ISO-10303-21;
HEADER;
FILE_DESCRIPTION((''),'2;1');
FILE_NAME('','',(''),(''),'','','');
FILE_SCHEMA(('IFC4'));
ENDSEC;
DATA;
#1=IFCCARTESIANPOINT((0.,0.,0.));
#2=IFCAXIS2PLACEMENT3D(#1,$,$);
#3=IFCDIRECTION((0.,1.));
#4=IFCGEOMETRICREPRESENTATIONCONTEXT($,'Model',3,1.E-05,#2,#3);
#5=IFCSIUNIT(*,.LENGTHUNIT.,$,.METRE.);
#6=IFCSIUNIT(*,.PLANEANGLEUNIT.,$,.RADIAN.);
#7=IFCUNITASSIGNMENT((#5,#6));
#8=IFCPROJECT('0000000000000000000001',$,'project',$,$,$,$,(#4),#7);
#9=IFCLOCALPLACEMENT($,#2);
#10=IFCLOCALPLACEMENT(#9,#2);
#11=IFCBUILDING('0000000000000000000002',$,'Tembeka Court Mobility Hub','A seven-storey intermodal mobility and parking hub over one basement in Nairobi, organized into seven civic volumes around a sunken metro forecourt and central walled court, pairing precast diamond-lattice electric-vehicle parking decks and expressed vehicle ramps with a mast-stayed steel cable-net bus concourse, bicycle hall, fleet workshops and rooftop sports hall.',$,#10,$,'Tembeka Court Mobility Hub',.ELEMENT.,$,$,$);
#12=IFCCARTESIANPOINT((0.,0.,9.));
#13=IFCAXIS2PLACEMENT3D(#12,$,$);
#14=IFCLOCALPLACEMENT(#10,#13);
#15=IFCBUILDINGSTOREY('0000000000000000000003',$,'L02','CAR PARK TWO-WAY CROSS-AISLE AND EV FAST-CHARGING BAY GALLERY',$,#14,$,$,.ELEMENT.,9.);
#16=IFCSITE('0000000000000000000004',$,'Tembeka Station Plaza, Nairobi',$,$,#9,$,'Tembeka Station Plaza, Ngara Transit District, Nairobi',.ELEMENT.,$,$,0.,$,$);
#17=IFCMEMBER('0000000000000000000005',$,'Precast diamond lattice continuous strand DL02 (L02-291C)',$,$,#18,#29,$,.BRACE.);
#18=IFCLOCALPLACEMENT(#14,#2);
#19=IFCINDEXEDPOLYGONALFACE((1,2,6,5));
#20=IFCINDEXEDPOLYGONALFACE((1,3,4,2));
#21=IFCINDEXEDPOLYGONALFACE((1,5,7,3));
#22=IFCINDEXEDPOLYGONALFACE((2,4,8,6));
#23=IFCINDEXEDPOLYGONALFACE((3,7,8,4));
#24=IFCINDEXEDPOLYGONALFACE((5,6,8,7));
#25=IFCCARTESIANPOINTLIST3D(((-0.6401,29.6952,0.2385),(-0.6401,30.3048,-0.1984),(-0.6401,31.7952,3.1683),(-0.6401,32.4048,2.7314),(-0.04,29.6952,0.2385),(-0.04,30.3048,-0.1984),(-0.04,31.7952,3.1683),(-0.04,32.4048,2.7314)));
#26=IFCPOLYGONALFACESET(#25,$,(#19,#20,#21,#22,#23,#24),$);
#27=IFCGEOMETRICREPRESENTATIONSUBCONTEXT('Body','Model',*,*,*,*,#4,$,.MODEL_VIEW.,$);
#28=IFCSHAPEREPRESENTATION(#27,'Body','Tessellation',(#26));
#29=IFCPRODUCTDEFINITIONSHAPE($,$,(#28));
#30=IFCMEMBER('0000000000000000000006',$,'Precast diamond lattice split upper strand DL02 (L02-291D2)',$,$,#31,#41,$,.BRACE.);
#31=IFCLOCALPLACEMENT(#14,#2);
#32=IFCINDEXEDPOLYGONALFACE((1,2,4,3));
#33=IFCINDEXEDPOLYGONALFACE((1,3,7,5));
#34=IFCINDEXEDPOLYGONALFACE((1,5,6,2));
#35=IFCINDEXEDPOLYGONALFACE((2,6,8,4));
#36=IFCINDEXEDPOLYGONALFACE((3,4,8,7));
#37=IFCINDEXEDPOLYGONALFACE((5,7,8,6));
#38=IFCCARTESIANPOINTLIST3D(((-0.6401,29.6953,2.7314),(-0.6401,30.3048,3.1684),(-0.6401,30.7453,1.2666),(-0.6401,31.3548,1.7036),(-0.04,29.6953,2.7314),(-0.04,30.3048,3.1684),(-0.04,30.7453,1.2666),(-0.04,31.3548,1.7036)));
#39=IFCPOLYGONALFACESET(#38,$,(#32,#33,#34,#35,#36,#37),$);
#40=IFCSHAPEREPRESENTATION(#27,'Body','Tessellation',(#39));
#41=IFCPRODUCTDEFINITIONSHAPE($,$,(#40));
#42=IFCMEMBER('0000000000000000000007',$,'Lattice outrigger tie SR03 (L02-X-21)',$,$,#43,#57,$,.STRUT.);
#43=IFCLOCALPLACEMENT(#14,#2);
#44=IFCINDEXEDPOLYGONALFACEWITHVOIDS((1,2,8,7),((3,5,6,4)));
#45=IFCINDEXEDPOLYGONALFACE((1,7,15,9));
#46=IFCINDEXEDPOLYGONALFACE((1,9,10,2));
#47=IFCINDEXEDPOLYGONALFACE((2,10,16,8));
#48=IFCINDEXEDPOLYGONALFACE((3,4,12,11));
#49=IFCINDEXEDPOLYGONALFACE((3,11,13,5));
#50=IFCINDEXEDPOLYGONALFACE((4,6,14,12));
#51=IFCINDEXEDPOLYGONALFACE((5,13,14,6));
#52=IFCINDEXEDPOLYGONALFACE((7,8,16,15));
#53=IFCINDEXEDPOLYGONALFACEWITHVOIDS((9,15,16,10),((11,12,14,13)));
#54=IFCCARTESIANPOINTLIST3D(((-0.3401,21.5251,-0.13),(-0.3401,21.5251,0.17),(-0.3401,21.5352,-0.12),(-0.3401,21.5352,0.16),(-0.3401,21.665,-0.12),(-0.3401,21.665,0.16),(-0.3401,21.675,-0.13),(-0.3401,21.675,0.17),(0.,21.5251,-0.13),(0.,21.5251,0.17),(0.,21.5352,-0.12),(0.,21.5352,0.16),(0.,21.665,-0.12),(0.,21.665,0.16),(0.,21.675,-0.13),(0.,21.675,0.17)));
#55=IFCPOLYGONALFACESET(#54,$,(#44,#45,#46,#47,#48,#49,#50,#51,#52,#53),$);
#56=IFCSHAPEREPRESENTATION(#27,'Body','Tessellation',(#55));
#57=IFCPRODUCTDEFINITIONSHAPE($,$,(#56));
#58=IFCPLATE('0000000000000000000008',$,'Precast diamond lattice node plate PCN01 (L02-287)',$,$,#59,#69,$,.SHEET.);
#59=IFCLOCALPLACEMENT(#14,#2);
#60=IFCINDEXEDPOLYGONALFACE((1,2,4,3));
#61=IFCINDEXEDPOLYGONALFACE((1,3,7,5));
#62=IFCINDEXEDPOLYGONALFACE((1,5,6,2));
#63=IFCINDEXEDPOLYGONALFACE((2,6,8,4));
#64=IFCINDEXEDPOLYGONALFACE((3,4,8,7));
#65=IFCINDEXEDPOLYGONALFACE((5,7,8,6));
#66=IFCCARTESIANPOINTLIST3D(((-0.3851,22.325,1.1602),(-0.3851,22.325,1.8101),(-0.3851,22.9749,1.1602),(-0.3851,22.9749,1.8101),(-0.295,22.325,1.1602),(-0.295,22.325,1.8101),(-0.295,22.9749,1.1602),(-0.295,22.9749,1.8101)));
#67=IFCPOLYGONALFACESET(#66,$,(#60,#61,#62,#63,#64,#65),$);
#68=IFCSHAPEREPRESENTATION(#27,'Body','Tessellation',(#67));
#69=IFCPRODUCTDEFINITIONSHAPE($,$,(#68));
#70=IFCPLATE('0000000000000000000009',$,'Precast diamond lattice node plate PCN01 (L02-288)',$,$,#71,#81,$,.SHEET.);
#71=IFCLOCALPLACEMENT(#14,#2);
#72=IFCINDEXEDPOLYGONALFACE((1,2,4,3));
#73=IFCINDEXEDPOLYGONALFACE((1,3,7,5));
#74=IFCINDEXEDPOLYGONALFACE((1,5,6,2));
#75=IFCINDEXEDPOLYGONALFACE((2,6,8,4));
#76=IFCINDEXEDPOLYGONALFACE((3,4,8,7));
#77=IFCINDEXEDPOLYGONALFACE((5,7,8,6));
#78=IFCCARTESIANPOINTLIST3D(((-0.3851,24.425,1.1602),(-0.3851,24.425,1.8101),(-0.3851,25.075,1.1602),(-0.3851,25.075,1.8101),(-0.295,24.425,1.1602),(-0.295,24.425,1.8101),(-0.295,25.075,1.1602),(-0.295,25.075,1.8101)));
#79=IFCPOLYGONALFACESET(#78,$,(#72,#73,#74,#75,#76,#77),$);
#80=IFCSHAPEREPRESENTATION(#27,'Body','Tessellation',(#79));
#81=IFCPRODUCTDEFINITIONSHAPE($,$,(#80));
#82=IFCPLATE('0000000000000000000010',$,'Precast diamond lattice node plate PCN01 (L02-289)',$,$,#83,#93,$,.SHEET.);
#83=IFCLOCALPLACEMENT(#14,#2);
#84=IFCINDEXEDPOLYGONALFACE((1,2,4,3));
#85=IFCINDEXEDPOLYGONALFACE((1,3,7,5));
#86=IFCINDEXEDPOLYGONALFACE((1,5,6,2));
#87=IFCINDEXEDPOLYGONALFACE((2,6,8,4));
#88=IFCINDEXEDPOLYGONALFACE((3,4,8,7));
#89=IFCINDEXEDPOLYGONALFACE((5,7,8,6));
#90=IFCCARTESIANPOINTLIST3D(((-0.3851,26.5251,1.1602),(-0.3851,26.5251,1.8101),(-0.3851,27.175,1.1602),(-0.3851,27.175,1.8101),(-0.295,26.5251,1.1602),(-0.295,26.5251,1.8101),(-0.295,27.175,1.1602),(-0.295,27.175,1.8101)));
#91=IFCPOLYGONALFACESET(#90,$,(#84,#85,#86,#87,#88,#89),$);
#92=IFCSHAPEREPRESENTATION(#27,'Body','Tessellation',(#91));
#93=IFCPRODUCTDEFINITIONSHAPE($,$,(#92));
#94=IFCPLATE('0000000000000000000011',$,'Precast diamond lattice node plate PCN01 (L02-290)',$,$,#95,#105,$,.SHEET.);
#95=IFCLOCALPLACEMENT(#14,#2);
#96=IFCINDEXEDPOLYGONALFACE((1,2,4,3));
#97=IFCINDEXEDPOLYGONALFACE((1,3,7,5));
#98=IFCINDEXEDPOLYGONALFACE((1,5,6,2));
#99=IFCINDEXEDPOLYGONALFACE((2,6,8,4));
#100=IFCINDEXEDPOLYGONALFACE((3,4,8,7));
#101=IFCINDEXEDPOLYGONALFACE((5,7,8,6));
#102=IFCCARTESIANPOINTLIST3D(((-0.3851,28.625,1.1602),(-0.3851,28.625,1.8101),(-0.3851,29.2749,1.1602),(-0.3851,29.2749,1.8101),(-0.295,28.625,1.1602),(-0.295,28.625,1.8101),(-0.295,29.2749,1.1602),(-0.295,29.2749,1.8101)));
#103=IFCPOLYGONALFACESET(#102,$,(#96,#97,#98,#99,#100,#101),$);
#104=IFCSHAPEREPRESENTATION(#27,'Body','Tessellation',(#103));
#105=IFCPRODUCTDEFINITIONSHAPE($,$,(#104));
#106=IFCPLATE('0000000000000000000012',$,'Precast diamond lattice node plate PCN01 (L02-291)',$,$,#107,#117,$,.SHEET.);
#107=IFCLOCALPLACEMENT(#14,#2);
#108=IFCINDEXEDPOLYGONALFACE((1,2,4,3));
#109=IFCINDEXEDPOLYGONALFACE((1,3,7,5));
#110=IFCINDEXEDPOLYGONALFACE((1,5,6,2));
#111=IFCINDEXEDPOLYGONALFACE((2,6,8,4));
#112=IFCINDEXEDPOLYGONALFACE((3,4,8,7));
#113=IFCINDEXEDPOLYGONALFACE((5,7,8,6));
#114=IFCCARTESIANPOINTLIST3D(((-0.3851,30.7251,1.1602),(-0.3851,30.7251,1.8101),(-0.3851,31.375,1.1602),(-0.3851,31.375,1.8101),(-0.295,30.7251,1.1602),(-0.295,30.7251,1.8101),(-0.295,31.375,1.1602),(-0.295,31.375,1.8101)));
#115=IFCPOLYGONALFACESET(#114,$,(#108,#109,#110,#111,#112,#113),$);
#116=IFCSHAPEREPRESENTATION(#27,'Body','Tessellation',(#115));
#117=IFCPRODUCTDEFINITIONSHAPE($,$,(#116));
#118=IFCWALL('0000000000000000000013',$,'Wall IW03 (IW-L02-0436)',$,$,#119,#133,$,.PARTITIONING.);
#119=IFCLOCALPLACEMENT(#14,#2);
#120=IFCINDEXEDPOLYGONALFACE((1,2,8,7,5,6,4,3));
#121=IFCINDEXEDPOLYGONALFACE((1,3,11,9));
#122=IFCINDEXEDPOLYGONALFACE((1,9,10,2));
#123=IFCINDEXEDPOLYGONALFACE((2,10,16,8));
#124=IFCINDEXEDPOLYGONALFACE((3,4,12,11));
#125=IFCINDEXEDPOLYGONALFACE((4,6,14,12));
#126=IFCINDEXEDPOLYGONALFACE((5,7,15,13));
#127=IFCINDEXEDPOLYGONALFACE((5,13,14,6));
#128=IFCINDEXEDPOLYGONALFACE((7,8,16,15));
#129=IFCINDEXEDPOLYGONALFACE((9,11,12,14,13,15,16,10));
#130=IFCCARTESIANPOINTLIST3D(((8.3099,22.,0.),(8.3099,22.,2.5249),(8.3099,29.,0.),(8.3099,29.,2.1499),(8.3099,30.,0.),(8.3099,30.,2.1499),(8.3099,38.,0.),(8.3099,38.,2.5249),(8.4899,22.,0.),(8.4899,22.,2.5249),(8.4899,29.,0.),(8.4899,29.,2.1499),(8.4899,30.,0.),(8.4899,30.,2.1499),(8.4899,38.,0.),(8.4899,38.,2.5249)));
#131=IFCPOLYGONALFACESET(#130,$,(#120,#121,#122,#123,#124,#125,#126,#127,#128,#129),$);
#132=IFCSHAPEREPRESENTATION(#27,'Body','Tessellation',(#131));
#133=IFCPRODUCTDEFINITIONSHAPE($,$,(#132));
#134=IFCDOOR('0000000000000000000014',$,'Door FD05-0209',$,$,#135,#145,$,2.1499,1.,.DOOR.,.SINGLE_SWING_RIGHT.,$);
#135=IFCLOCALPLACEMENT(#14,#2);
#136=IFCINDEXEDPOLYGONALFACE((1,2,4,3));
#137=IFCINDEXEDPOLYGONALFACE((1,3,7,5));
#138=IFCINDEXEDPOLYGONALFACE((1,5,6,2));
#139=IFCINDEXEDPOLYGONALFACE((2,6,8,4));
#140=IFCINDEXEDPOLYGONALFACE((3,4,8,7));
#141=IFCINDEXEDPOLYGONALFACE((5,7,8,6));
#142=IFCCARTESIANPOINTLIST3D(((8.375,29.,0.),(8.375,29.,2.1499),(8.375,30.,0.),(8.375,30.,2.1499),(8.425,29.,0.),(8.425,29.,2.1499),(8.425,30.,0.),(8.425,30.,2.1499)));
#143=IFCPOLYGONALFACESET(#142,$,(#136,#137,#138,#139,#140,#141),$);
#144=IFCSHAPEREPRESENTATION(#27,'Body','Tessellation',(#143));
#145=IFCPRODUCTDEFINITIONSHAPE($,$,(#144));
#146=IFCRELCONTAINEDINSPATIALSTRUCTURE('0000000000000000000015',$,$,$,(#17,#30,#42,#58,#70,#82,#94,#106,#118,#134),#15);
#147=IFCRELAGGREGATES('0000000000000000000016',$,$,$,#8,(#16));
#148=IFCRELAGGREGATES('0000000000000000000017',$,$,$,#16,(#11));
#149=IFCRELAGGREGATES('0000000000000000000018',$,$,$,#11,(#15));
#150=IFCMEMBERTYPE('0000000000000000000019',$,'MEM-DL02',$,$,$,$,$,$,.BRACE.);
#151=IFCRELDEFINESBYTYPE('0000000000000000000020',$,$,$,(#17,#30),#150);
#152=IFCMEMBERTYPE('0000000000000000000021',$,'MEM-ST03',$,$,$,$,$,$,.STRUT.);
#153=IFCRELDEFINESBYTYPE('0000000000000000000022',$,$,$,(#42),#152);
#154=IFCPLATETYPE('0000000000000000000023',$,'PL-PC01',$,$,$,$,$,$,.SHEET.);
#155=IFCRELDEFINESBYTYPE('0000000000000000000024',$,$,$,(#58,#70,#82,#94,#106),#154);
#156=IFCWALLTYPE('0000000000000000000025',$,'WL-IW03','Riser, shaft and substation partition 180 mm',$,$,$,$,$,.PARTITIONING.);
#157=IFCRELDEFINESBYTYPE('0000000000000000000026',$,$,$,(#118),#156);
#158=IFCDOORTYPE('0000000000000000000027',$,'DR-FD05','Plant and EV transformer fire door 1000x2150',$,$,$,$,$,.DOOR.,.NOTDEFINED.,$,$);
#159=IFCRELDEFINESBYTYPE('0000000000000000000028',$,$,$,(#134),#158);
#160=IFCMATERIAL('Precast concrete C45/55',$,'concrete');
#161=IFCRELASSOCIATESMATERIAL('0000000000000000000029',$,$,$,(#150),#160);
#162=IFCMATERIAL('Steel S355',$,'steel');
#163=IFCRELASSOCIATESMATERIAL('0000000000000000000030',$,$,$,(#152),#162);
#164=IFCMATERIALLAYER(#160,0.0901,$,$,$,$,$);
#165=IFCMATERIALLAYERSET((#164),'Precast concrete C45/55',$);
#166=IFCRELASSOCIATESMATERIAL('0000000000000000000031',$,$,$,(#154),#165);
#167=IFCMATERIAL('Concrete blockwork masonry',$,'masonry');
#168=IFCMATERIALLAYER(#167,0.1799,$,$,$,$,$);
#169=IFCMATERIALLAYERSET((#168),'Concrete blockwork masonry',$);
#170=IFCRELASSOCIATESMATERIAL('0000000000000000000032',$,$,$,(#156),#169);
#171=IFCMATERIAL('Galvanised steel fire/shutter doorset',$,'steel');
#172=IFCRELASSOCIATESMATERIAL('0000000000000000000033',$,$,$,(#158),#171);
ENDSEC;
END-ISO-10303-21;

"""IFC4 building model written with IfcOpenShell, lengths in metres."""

from ifc_helpers import new_model, si_unit, direction, frame, frame_2d, origin, origin_2d, place, context, subcontext, project, spatial, rectangle, hollow_rectangle, extrude, material, layer, layer_set, material_profile, profile_set, type_object, element, fill, save


model = new_model("IFC4")

# Units and contexts
model_context = context("Model", 3, precision=1e-05, world=origin(), true_north=direction((0.0, 1.0)))
body_context = subcontext(model_context, "Body", "Model", "MODEL_VIEW")
ifc_project = project(units=[si_unit("LENGTHUNIT", "METRE"), si_unit("PLANEANGLEUNIT", "RADIAN")], contexts=[model_context])

# Site, building, storey
site_placement = place(None, origin())
site = spatial("IfcSite", under=ifc_project, at=site_placement, Name="Tembeka Station Plaza, Nairobi", LongName="Tembeka Station Plaza, Ngara Transit District, Nairobi", CompositionType="ELEMENT", RefElevation=0.0)
building_placement = place(site_placement, origin())
building = spatial("IfcBuilding", under=site, at=building_placement, Name="Tembeka Court Mobility Hub", Description="A seven-storey intermodal mobility and parking hub over one basement in Nairobi, organized into seven civic volumes around a sunken metro forecourt and central walled court, pairing precast diamond-lattice electric-vehicle parking decks and expressed vehicle ramps with a mast-stayed steel cable-net bus concourse, bicycle hall, fleet workshops and rooftop sports hall.", LongName="Tembeka Court Mobility Hub", CompositionType="ELEMENT")
storey_placement = place(building_placement, frame((0.0, 0.0, 9.0)))
storey = spatial("IfcBuildingStorey", under=building, at=storey_placement, Name="L02", Description="CAR PARK TWO-WAY CROSS-AISLE AND EV FAST-CHARGING BAY GALLERY", CompositionType="ELEMENT", Elevation=9.0)

# Shared definitions
ifc_material_1 = material(Name="Steel S355", Category="steel")

# Members
ifc_material_2 = material(Name="Precast concrete C45/55", Category="concrete")
ifc_material_profile_1 = material_profile(ifc_material_2, rectangle(XDim=0.6001, YDim=0.75, at=origin_2d()), Name="PC-DIAG 600x750")
ifc_profile_set_1 = profile_set([ifc_material_profile_1], Name="Precast concrete C45/55")
member_type_1 = type_object("IfcMemberType", Name="MEM-DL02", PredefinedType="BRACE", material=ifc_profile_set_1)
member_1_placement = place(storey_placement, frame((-0.3401, 30.0, 0.02), z_axis=(0.0, 0.582576, 0.812776), x_axis=(-1.0, 0.0, 0.0)))
element("IfcMember", 1, at=member_1_placement, inside=storey, type_object=member_type_1, Name="Precast diamond lattice continuous strand DL02 (L02-291C)", PredefinedType="BRACE", context=body_context, shape_type="SweptSolid", body=[
    extrude(rectangle(XDim=0.6001, YDim=0.75, at=origin_2d()), origin(), (0.0, 0.0, 1.0), 3.6047),
])
member_2_placement = place(storey_placement, frame((-0.3401, 31.05, 1.4851), z_axis=(0.0, -0.582608, 0.812753), x_axis=(1.0, 0.0, 0.0)))
element("IfcMember", 2, at=member_2_placement, inside=storey, type_object=member_type_1, Name="Precast diamond lattice split upper strand DL02 (L02-291D2)", PredefinedType="BRACE", context=body_context, shape_type="SweptSolid", body=[
    extrude(rectangle(XDim=0.6001, YDim=0.75, at=origin_2d()), origin(), (0.0, 0.0, 1.0), 1.8022),
])
ifc_material_profile_2 = material_profile(ifc_material_1, hollow_rectangle(XDim=0.1499, YDim=0.3, WallThickness=0.01, at=origin_2d()), Name="RHS 300x150x10")
ifc_profile_set_2 = profile_set([ifc_material_profile_2], Name="Steel S355")
member_type_2 = type_object("IfcMemberType", Name="MEM-ST03", PredefinedType="STRUT", material=ifc_profile_set_2)
member_3_placement = place(storey_placement, frame((0.0, 21.6001, 0.02), z_axis=(-1.0, 0.0, 0.0), x_axis=(0.0, -1.0, 0.0)))
element("IfcMember", 3, at=member_3_placement, inside=storey, type_object=member_type_2, Name="Lattice outrigger tie SR03 (L02-X-21)", PredefinedType="STRUT", context=body_context, shape_type="SweptSolid", body=[
    extrude(hollow_rectangle(XDim=0.1499, YDim=0.3, WallThickness=0.01, at=origin_2d()), origin(), (0.0, 0.0, 1.0), 0.3401),
])

# Plates
ifc_layer_1 = layer(ifc_material_2, 0.0901)
ifc_layer_set_1 = layer_set([ifc_layer_1], Name="Precast concrete C45/55")
plate_type = type_object("IfcPlateType", Name="PL-PC01", PredefinedType="SHEET", material=ifc_layer_set_1)
for number, where, z_axis, x_axis, name in (
    (4, (-0.3401, 22.6499, 1.1602), (0.0, 0.0, 1.0), (1.0, 0.0, 0.0), "Precast diamond lattice node plate PCN01 (L02-287)"),
    (5, (-0.3401, 24.75, 1.1602), (0.0, 0.0, 1.0), (1.0, 0.0, 0.0), "Precast diamond lattice node plate PCN01 (L02-288)"),
    (6, (-0.3401, 26.8501, 1.1602), (0.0, 0.0, 1.0), (1.0, 0.0, 0.0), "Precast diamond lattice node plate PCN01 (L02-289)"),
    (7, (-0.3401, 28.95, 1.1602), (0.0, 0.0, 1.0), (1.0, 0.0, 0.0), "Precast diamond lattice node plate PCN01 (L02-290)"),
    (8, (-0.3401, 31.05, 1.1602), (0.0, 0.0, 1.0), (1.0, 0.0, 0.0), "Precast diamond lattice node plate PCN01 (L02-291)"),
):
    element("IfcPlate", number, at=place(storey_placement, frame(where, z_axis=z_axis, x_axis=x_axis)), inside=storey, type_object=plate_type, Name=name, PredefinedType="SHEET", context=body_context, shape_type="SweptSolid", body=[
        extrude(rectangle(XDim=0.0901, YDim=0.6499, at=origin_2d()), origin(), (0.0, 0.0, 1.0), 0.6499),
    ])

# Wall, opening, door
ifc_material_3 = material(Name="Concrete blockwork masonry", Category="masonry")
ifc_layer_2 = layer(ifc_material_3, 0.1799)
ifc_layer_set_2 = layer_set([ifc_layer_2], Name="Concrete blockwork masonry")
wall_type = type_object("IfcWallType", Name="WL-IW03", Description="Riser, shaft and substation partition 180 mm", PredefinedType="PARTITIONING", material=ifc_layer_set_2)
wall_placement = place(storey_placement, frame((8.3999, 22.0, 0.0), z_axis=(0.0, 0.0, 1.0), x_axis=(0.0, 1.0, 0.0)))
wall = element("IfcWall", 9, at=wall_placement, inside=storey, type_object=wall_type, Name="Wall IW03 (IW-L02-0436)", PredefinedType="PARTITIONING", context=body_context, shape_type="SweptSolid", body=[
    extrude(rectangle(XDim=16.0, YDim=0.1799, at=frame_2d((8.0, 0.0))), origin(), (0.0, 0.0, 1.0), 2.5249),
])
opening_placement = place(wall_placement, frame((7.0, 0.0, 0.0)))
opening = element("IfcOpeningElement", 10, at=opening_placement, cuts=wall, PredefinedType="OPENING", context=body_context, shape_type="SweptSolid", body=[
    extrude(rectangle(XDim=1.0, YDim=2.1499, at=frame_2d((0.5, 1.075))), frame((0.0, 0.1001, 0.0), z_axis=(0.0, -1.0, 0.0), x_axis=(1.0, 0.0, 0.0)), (0.0, 0.0, 1.0), 0.2),
])
ifc_material_4 = material(Name="Galvanised steel fire/shutter doorset", Category="steel")
door_type = type_object("IfcDoorType", Name="DR-FD05", Description="Plant and EV transformer fire door 1000x2150", OperationType="NOTDEFINED", PredefinedType="DOOR", material=ifc_material_4)
door_placement = place(opening_placement, origin())
door = element("IfcDoor", 11, at=door_placement, inside=storey, type_object=door_type, Name="Door FD05-0209", OperationType="SINGLE_SWING_RIGHT", OverallHeight=2.1499, OverallWidth=1.0, PredefinedType="DOOR", context=body_context, shape_type="SweptSolid", body=[
    extrude(rectangle(XDim=1.0, YDim=2.1499, at=frame_2d((0.5, 1.075))), frame((0.0, 0.0249, 0.0), z_axis=(0.0, -1.0, 0.0), x_axis=(1.0, 0.0, 0.0)), (0.0, 0.0, 1.0), 0.05),
])
fill(opening, door)

save(model, "model.ifc")
